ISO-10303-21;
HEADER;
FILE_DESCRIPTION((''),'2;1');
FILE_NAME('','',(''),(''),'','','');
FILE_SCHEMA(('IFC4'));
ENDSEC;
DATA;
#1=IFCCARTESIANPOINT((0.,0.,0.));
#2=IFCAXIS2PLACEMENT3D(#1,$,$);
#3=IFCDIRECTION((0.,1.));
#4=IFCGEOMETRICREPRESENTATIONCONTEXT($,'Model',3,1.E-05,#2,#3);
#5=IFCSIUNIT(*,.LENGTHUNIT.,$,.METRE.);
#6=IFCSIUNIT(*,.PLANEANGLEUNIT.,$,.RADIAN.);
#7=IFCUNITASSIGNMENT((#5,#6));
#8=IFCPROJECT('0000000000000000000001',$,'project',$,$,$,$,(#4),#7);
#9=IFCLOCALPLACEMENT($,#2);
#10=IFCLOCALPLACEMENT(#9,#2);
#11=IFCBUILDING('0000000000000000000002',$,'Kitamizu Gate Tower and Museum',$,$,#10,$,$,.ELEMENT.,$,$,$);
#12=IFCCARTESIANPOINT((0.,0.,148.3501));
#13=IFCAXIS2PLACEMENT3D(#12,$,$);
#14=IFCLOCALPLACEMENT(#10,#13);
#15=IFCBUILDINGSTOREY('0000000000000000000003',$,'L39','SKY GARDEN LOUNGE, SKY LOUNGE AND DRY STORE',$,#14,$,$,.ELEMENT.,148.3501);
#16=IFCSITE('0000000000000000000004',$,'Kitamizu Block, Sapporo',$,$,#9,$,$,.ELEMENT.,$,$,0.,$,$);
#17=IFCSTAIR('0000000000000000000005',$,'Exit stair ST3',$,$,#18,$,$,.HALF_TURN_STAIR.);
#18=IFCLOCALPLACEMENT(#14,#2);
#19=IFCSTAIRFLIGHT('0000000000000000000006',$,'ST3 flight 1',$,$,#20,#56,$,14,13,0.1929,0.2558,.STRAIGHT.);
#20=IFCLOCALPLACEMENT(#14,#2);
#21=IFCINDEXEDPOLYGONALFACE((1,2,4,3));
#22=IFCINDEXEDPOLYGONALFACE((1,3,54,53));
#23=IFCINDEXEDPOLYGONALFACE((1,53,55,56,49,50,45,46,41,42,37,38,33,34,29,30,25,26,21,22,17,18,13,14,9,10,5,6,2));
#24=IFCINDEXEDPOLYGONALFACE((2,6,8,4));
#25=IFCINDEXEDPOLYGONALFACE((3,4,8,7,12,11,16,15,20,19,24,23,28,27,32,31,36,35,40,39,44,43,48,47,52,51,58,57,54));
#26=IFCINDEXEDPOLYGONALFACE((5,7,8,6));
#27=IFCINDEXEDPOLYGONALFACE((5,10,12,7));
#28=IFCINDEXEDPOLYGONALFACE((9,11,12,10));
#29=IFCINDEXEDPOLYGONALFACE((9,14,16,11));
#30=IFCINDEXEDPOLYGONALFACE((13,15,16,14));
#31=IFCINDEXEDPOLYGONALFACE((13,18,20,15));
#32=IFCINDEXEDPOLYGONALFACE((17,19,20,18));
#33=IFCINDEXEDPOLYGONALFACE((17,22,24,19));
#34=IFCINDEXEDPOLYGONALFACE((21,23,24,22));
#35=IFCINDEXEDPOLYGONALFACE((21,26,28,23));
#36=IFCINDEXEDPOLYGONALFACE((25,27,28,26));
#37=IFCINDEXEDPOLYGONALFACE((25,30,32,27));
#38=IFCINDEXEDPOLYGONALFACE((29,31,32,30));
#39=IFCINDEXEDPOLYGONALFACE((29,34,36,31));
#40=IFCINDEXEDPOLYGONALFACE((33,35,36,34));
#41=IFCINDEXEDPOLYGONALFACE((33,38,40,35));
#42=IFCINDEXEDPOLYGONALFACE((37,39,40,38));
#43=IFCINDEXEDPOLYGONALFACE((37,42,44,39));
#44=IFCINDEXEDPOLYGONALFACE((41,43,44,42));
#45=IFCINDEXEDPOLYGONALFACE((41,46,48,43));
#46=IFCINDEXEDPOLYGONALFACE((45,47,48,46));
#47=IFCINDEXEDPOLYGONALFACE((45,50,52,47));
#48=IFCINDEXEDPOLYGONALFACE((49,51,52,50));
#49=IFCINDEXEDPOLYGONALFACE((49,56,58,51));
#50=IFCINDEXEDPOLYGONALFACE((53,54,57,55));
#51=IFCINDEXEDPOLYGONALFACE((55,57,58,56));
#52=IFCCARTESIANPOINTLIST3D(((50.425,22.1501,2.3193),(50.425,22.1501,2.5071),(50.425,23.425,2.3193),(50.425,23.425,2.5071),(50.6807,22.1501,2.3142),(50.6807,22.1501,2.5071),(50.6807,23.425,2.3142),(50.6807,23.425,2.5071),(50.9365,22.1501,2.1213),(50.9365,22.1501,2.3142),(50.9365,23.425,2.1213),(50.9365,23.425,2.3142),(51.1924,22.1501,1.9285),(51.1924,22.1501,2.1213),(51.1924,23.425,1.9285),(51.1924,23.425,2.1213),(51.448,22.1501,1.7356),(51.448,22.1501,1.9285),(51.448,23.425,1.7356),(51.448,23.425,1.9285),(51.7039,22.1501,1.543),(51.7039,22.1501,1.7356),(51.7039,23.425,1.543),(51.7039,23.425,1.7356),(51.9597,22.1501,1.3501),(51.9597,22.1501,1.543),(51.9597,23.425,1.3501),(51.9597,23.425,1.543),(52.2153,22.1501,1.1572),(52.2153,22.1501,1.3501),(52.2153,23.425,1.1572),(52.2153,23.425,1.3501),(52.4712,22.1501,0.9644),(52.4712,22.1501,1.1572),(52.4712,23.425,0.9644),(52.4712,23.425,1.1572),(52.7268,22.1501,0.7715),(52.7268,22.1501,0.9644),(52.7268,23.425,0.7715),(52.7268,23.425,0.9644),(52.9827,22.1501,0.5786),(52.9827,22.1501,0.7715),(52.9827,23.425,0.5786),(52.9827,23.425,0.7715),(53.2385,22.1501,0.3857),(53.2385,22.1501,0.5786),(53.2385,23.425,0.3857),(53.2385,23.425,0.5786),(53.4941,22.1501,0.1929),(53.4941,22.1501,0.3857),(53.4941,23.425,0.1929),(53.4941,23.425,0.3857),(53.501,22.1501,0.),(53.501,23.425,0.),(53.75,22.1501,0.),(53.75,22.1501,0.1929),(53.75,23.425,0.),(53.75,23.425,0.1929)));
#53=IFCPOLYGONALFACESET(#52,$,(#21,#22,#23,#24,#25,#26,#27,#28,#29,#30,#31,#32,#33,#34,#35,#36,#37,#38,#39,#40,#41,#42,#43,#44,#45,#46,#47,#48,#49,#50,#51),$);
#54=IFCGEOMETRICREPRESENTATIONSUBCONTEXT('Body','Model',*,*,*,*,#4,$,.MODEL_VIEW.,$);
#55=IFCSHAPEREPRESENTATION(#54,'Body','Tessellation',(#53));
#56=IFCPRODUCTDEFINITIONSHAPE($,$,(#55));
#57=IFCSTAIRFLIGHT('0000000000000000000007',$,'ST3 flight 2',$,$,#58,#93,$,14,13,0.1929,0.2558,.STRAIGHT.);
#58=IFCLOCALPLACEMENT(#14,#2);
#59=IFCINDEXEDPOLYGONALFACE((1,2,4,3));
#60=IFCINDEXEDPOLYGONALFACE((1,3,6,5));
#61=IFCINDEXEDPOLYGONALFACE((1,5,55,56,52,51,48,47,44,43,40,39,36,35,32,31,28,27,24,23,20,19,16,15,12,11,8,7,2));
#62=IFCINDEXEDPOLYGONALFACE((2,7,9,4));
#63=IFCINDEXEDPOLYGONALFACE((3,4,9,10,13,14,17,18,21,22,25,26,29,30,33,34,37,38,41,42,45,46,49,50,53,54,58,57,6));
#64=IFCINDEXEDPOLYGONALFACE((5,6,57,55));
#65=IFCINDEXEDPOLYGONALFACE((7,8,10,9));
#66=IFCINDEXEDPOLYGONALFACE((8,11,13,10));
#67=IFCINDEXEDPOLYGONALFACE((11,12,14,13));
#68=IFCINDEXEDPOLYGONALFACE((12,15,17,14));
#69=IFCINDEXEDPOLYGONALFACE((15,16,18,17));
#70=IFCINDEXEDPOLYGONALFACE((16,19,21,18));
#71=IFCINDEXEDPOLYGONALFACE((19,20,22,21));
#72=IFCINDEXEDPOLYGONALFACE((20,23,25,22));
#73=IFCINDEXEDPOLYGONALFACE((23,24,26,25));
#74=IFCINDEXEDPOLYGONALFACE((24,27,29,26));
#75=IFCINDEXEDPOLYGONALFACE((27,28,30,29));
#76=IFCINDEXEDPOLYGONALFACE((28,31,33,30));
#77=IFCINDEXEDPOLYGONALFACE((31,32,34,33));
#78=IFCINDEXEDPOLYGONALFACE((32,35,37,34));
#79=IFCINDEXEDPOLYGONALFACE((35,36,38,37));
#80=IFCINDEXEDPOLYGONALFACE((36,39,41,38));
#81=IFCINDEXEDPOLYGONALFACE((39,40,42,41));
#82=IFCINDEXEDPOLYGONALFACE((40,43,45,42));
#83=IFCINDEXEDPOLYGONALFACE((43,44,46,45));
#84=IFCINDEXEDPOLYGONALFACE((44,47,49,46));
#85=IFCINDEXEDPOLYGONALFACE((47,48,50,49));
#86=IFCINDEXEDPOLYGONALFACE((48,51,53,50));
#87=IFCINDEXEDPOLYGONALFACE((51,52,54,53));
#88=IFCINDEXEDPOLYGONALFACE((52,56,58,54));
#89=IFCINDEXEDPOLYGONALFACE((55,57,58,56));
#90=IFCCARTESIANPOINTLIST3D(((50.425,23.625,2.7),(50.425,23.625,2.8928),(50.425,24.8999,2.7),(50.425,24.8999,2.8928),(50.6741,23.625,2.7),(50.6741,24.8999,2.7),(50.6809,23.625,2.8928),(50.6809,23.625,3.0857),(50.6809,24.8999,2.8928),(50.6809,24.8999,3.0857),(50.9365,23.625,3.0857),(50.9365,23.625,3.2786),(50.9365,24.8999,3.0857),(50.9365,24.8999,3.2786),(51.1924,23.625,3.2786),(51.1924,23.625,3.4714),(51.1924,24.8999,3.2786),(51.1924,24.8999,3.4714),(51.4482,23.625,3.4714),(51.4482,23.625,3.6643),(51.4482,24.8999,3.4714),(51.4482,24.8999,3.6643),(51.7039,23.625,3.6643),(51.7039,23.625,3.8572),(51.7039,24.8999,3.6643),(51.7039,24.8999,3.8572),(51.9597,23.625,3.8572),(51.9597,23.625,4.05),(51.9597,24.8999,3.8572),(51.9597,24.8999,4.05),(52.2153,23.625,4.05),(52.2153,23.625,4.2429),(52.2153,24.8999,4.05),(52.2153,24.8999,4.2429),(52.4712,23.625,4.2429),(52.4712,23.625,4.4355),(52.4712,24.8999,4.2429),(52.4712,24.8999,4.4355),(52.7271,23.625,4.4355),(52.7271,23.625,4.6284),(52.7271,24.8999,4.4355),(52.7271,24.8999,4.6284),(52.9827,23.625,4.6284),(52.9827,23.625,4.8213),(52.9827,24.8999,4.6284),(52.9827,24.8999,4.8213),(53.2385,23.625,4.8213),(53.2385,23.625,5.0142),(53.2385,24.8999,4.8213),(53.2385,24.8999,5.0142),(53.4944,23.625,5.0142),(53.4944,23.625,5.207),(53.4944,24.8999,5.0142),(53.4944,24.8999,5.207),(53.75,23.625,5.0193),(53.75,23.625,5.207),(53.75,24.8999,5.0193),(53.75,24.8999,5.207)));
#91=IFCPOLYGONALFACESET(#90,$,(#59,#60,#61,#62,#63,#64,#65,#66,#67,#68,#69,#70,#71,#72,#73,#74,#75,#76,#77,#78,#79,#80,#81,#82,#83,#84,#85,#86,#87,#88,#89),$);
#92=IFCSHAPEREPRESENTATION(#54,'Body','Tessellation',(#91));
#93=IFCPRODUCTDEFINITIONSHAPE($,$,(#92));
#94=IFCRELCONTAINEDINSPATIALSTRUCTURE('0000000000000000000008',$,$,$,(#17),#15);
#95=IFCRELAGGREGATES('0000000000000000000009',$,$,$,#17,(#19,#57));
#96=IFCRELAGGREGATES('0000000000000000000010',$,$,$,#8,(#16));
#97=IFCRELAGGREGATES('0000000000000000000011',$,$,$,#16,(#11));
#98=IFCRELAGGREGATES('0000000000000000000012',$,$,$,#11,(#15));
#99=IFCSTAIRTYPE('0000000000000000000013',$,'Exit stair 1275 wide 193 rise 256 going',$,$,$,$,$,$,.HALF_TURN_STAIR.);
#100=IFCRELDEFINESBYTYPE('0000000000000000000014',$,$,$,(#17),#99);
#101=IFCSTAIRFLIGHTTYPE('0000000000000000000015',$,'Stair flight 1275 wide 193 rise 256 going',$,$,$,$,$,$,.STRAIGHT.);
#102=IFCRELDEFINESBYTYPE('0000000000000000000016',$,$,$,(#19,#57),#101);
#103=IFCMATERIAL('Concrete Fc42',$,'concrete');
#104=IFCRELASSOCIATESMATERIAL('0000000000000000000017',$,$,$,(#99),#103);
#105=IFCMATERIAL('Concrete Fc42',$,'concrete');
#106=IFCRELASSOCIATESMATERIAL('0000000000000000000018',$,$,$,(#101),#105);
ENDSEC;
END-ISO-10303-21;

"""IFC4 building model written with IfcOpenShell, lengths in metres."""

from ifc_helpers import new_model, si_unit, direction, frame, origin, place, context, subcontext, project, spatial, polyline, outline, extrude, material, type_object, element, aggregate, save


model = new_model("IFC4")

# Units and contexts
model_context = context("Model", 3, precision=1e-05, world=origin(), true_north=direction((0.0, 1.0)))
body_context = subcontext(model_context, "Body", "Model", "MODEL_VIEW")
ifc_project = project(units=[si_unit("LENGTHUNIT", "METRE"), si_unit("PLANEANGLEUNIT", "RADIAN")], contexts=[model_context])

# Site, building, storey
site_placement = place(None, origin())
site = spatial("IfcSite", under=ifc_project, at=site_placement, Name="Kitamizu Block, Sapporo", CompositionType="ELEMENT", RefElevation=0.0)
building_placement = place(site_placement, origin())
building = spatial("IfcBuilding", under=site, at=building_placement, Name="Kitamizu Gate Tower and Museum", CompositionType="ELEMENT")
storey_placement = place(building_placement, frame((0.0, 0.0, 148.3501)))
storey = spatial("IfcBuildingStorey", under=building, at=storey_placement, Name="L39", Description="SKY GARDEN LOUNGE, SKY LOUNGE AND DRY STORE", CompositionType="ELEMENT", Elevation=148.3501)

# Stair, stair flights
ifc_material_1 = material(Name="Concrete Fc42", Category="concrete")
stair_type = type_object("IfcStairType", Name="Exit stair 1275 wide 193 rise 256 going", PredefinedType="HALF_TURN_STAIR", material=ifc_material_1)
stair_placement = place(storey_placement, origin())
stair = element("IfcStair", 1, at=stair_placement, inside=storey, type_object=stair_type, Name="Exit stair ST3", PredefinedType="HALF_TURN_STAIR")
ifc_material_2 = material(Name="Concrete Fc42", Category="concrete")
stair_flight_type = type_object("IfcStairFlightType", Name="Stair flight 1275 wide 193 rise 256 going", PredefinedType="STRAIGHT", material=ifc_material_2)
stair_flight_1_placement = place(storey_placement, frame((53.75, 22.7876, 0.0), z_axis=(0.0, 0.0, 1.0), x_axis=(-1.0, 0.0, 0.0)))
stair_flight_1 = element("IfcStairFlight", 2, at=stair_flight_1_placement, type_object=stair_flight_type, Name="ST3 flight 1", NumberOfRisers=14, NumberOfTreads=13, PredefinedType="STRAIGHT", RiserHeight=0.1929, TreadLength=0.2558, context=body_context, shape_type="SweptSolid", body=[
    extrude(outline(polyline([(0.0, 0.0), (0.0, 0.1929), (0.2559, 0.1929), (0.2559, 0.3857), (0.5115, 0.3857), (0.5115, 0.5786), (0.7673, 0.5786), (0.7673, 0.7715), (1.0232, 0.7715), (1.0232, 0.9644), (1.2788, 0.9644), (1.2788, 1.1572), (1.5347, 1.1572), (1.5347, 1.3501), (1.7903, 1.3501), (1.7903, 1.543), (2.0461, 1.543), (2.0461, 1.7356), (2.302, 1.7356), (2.302, 1.9285), (2.5576, 1.9285), (2.5576, 2.1213), (2.8135, 2.1213), (2.8135, 2.3142), (3.0693, 2.3142), (3.0693, 2.5071), (3.325, 2.5071), (3.325, 2.7), (3.325, 2.3193), (0.249, 0.0), (0.0, 0.0)])), frame((0.0, 0.6375, 0.0), z_axis=(0.0, -1.0, 0.0), x_axis=(1.0, 0.0, 0.0)), (0.0, 0.0, 1.0), 1.2749),
])
stair_flight_2_placement = place(storey_placement, frame((50.425, 24.2625, 2.7), z_axis=(0.0, 0.0, 1.0), x_axis=(1.0, 0.0, 0.0)))
stair_flight_2 = element("IfcStairFlight", 3, at=stair_flight_2_placement, type_object=stair_flight_type, Name="ST3 flight 2", NumberOfRisers=14, NumberOfTreads=13, PredefinedType="STRAIGHT", RiserHeight=0.1929, TreadLength=0.2558, context=body_context, shape_type="SweptSolid", body=[
    extrude(outline(polyline([(0.0, 0.0), (0.0, 0.1929), (0.2559, 0.1929), (0.2559, 0.3857), (0.5115, 0.3857), (0.5115, 0.5786), (0.7673, 0.5786), (0.7673, 0.7715), (1.0232, 0.7715), (1.0232, 0.9644), (1.2788, 0.9644), (1.2788, 1.1572), (1.5347, 1.1572), (1.5347, 1.3501), (1.7903, 1.3501), (1.7903, 1.543), (2.0461, 1.543), (2.0461, 1.7356), (2.302, 1.7356), (2.302, 1.9285), (2.5576, 1.9285), (2.5576, 2.1213), (2.8135, 2.1213), (2.8135, 2.3142), (3.0693, 2.3142), (3.0693, 2.5071), (3.325, 2.5071), (3.325, 2.7), (3.325, 2.3193), (0.249, 0.0), (0.0, 0.0)])), frame((0.0, 0.6375, 0.0), z_axis=(0.0, -1.0, 0.0), x_axis=(1.0, 0.0, 0.0)), (0.0, 0.0, 1.0), 1.2749),
])
aggregate(stair, [stair_flight_1, stair_flight_2])

save(model, "model.ifc")
